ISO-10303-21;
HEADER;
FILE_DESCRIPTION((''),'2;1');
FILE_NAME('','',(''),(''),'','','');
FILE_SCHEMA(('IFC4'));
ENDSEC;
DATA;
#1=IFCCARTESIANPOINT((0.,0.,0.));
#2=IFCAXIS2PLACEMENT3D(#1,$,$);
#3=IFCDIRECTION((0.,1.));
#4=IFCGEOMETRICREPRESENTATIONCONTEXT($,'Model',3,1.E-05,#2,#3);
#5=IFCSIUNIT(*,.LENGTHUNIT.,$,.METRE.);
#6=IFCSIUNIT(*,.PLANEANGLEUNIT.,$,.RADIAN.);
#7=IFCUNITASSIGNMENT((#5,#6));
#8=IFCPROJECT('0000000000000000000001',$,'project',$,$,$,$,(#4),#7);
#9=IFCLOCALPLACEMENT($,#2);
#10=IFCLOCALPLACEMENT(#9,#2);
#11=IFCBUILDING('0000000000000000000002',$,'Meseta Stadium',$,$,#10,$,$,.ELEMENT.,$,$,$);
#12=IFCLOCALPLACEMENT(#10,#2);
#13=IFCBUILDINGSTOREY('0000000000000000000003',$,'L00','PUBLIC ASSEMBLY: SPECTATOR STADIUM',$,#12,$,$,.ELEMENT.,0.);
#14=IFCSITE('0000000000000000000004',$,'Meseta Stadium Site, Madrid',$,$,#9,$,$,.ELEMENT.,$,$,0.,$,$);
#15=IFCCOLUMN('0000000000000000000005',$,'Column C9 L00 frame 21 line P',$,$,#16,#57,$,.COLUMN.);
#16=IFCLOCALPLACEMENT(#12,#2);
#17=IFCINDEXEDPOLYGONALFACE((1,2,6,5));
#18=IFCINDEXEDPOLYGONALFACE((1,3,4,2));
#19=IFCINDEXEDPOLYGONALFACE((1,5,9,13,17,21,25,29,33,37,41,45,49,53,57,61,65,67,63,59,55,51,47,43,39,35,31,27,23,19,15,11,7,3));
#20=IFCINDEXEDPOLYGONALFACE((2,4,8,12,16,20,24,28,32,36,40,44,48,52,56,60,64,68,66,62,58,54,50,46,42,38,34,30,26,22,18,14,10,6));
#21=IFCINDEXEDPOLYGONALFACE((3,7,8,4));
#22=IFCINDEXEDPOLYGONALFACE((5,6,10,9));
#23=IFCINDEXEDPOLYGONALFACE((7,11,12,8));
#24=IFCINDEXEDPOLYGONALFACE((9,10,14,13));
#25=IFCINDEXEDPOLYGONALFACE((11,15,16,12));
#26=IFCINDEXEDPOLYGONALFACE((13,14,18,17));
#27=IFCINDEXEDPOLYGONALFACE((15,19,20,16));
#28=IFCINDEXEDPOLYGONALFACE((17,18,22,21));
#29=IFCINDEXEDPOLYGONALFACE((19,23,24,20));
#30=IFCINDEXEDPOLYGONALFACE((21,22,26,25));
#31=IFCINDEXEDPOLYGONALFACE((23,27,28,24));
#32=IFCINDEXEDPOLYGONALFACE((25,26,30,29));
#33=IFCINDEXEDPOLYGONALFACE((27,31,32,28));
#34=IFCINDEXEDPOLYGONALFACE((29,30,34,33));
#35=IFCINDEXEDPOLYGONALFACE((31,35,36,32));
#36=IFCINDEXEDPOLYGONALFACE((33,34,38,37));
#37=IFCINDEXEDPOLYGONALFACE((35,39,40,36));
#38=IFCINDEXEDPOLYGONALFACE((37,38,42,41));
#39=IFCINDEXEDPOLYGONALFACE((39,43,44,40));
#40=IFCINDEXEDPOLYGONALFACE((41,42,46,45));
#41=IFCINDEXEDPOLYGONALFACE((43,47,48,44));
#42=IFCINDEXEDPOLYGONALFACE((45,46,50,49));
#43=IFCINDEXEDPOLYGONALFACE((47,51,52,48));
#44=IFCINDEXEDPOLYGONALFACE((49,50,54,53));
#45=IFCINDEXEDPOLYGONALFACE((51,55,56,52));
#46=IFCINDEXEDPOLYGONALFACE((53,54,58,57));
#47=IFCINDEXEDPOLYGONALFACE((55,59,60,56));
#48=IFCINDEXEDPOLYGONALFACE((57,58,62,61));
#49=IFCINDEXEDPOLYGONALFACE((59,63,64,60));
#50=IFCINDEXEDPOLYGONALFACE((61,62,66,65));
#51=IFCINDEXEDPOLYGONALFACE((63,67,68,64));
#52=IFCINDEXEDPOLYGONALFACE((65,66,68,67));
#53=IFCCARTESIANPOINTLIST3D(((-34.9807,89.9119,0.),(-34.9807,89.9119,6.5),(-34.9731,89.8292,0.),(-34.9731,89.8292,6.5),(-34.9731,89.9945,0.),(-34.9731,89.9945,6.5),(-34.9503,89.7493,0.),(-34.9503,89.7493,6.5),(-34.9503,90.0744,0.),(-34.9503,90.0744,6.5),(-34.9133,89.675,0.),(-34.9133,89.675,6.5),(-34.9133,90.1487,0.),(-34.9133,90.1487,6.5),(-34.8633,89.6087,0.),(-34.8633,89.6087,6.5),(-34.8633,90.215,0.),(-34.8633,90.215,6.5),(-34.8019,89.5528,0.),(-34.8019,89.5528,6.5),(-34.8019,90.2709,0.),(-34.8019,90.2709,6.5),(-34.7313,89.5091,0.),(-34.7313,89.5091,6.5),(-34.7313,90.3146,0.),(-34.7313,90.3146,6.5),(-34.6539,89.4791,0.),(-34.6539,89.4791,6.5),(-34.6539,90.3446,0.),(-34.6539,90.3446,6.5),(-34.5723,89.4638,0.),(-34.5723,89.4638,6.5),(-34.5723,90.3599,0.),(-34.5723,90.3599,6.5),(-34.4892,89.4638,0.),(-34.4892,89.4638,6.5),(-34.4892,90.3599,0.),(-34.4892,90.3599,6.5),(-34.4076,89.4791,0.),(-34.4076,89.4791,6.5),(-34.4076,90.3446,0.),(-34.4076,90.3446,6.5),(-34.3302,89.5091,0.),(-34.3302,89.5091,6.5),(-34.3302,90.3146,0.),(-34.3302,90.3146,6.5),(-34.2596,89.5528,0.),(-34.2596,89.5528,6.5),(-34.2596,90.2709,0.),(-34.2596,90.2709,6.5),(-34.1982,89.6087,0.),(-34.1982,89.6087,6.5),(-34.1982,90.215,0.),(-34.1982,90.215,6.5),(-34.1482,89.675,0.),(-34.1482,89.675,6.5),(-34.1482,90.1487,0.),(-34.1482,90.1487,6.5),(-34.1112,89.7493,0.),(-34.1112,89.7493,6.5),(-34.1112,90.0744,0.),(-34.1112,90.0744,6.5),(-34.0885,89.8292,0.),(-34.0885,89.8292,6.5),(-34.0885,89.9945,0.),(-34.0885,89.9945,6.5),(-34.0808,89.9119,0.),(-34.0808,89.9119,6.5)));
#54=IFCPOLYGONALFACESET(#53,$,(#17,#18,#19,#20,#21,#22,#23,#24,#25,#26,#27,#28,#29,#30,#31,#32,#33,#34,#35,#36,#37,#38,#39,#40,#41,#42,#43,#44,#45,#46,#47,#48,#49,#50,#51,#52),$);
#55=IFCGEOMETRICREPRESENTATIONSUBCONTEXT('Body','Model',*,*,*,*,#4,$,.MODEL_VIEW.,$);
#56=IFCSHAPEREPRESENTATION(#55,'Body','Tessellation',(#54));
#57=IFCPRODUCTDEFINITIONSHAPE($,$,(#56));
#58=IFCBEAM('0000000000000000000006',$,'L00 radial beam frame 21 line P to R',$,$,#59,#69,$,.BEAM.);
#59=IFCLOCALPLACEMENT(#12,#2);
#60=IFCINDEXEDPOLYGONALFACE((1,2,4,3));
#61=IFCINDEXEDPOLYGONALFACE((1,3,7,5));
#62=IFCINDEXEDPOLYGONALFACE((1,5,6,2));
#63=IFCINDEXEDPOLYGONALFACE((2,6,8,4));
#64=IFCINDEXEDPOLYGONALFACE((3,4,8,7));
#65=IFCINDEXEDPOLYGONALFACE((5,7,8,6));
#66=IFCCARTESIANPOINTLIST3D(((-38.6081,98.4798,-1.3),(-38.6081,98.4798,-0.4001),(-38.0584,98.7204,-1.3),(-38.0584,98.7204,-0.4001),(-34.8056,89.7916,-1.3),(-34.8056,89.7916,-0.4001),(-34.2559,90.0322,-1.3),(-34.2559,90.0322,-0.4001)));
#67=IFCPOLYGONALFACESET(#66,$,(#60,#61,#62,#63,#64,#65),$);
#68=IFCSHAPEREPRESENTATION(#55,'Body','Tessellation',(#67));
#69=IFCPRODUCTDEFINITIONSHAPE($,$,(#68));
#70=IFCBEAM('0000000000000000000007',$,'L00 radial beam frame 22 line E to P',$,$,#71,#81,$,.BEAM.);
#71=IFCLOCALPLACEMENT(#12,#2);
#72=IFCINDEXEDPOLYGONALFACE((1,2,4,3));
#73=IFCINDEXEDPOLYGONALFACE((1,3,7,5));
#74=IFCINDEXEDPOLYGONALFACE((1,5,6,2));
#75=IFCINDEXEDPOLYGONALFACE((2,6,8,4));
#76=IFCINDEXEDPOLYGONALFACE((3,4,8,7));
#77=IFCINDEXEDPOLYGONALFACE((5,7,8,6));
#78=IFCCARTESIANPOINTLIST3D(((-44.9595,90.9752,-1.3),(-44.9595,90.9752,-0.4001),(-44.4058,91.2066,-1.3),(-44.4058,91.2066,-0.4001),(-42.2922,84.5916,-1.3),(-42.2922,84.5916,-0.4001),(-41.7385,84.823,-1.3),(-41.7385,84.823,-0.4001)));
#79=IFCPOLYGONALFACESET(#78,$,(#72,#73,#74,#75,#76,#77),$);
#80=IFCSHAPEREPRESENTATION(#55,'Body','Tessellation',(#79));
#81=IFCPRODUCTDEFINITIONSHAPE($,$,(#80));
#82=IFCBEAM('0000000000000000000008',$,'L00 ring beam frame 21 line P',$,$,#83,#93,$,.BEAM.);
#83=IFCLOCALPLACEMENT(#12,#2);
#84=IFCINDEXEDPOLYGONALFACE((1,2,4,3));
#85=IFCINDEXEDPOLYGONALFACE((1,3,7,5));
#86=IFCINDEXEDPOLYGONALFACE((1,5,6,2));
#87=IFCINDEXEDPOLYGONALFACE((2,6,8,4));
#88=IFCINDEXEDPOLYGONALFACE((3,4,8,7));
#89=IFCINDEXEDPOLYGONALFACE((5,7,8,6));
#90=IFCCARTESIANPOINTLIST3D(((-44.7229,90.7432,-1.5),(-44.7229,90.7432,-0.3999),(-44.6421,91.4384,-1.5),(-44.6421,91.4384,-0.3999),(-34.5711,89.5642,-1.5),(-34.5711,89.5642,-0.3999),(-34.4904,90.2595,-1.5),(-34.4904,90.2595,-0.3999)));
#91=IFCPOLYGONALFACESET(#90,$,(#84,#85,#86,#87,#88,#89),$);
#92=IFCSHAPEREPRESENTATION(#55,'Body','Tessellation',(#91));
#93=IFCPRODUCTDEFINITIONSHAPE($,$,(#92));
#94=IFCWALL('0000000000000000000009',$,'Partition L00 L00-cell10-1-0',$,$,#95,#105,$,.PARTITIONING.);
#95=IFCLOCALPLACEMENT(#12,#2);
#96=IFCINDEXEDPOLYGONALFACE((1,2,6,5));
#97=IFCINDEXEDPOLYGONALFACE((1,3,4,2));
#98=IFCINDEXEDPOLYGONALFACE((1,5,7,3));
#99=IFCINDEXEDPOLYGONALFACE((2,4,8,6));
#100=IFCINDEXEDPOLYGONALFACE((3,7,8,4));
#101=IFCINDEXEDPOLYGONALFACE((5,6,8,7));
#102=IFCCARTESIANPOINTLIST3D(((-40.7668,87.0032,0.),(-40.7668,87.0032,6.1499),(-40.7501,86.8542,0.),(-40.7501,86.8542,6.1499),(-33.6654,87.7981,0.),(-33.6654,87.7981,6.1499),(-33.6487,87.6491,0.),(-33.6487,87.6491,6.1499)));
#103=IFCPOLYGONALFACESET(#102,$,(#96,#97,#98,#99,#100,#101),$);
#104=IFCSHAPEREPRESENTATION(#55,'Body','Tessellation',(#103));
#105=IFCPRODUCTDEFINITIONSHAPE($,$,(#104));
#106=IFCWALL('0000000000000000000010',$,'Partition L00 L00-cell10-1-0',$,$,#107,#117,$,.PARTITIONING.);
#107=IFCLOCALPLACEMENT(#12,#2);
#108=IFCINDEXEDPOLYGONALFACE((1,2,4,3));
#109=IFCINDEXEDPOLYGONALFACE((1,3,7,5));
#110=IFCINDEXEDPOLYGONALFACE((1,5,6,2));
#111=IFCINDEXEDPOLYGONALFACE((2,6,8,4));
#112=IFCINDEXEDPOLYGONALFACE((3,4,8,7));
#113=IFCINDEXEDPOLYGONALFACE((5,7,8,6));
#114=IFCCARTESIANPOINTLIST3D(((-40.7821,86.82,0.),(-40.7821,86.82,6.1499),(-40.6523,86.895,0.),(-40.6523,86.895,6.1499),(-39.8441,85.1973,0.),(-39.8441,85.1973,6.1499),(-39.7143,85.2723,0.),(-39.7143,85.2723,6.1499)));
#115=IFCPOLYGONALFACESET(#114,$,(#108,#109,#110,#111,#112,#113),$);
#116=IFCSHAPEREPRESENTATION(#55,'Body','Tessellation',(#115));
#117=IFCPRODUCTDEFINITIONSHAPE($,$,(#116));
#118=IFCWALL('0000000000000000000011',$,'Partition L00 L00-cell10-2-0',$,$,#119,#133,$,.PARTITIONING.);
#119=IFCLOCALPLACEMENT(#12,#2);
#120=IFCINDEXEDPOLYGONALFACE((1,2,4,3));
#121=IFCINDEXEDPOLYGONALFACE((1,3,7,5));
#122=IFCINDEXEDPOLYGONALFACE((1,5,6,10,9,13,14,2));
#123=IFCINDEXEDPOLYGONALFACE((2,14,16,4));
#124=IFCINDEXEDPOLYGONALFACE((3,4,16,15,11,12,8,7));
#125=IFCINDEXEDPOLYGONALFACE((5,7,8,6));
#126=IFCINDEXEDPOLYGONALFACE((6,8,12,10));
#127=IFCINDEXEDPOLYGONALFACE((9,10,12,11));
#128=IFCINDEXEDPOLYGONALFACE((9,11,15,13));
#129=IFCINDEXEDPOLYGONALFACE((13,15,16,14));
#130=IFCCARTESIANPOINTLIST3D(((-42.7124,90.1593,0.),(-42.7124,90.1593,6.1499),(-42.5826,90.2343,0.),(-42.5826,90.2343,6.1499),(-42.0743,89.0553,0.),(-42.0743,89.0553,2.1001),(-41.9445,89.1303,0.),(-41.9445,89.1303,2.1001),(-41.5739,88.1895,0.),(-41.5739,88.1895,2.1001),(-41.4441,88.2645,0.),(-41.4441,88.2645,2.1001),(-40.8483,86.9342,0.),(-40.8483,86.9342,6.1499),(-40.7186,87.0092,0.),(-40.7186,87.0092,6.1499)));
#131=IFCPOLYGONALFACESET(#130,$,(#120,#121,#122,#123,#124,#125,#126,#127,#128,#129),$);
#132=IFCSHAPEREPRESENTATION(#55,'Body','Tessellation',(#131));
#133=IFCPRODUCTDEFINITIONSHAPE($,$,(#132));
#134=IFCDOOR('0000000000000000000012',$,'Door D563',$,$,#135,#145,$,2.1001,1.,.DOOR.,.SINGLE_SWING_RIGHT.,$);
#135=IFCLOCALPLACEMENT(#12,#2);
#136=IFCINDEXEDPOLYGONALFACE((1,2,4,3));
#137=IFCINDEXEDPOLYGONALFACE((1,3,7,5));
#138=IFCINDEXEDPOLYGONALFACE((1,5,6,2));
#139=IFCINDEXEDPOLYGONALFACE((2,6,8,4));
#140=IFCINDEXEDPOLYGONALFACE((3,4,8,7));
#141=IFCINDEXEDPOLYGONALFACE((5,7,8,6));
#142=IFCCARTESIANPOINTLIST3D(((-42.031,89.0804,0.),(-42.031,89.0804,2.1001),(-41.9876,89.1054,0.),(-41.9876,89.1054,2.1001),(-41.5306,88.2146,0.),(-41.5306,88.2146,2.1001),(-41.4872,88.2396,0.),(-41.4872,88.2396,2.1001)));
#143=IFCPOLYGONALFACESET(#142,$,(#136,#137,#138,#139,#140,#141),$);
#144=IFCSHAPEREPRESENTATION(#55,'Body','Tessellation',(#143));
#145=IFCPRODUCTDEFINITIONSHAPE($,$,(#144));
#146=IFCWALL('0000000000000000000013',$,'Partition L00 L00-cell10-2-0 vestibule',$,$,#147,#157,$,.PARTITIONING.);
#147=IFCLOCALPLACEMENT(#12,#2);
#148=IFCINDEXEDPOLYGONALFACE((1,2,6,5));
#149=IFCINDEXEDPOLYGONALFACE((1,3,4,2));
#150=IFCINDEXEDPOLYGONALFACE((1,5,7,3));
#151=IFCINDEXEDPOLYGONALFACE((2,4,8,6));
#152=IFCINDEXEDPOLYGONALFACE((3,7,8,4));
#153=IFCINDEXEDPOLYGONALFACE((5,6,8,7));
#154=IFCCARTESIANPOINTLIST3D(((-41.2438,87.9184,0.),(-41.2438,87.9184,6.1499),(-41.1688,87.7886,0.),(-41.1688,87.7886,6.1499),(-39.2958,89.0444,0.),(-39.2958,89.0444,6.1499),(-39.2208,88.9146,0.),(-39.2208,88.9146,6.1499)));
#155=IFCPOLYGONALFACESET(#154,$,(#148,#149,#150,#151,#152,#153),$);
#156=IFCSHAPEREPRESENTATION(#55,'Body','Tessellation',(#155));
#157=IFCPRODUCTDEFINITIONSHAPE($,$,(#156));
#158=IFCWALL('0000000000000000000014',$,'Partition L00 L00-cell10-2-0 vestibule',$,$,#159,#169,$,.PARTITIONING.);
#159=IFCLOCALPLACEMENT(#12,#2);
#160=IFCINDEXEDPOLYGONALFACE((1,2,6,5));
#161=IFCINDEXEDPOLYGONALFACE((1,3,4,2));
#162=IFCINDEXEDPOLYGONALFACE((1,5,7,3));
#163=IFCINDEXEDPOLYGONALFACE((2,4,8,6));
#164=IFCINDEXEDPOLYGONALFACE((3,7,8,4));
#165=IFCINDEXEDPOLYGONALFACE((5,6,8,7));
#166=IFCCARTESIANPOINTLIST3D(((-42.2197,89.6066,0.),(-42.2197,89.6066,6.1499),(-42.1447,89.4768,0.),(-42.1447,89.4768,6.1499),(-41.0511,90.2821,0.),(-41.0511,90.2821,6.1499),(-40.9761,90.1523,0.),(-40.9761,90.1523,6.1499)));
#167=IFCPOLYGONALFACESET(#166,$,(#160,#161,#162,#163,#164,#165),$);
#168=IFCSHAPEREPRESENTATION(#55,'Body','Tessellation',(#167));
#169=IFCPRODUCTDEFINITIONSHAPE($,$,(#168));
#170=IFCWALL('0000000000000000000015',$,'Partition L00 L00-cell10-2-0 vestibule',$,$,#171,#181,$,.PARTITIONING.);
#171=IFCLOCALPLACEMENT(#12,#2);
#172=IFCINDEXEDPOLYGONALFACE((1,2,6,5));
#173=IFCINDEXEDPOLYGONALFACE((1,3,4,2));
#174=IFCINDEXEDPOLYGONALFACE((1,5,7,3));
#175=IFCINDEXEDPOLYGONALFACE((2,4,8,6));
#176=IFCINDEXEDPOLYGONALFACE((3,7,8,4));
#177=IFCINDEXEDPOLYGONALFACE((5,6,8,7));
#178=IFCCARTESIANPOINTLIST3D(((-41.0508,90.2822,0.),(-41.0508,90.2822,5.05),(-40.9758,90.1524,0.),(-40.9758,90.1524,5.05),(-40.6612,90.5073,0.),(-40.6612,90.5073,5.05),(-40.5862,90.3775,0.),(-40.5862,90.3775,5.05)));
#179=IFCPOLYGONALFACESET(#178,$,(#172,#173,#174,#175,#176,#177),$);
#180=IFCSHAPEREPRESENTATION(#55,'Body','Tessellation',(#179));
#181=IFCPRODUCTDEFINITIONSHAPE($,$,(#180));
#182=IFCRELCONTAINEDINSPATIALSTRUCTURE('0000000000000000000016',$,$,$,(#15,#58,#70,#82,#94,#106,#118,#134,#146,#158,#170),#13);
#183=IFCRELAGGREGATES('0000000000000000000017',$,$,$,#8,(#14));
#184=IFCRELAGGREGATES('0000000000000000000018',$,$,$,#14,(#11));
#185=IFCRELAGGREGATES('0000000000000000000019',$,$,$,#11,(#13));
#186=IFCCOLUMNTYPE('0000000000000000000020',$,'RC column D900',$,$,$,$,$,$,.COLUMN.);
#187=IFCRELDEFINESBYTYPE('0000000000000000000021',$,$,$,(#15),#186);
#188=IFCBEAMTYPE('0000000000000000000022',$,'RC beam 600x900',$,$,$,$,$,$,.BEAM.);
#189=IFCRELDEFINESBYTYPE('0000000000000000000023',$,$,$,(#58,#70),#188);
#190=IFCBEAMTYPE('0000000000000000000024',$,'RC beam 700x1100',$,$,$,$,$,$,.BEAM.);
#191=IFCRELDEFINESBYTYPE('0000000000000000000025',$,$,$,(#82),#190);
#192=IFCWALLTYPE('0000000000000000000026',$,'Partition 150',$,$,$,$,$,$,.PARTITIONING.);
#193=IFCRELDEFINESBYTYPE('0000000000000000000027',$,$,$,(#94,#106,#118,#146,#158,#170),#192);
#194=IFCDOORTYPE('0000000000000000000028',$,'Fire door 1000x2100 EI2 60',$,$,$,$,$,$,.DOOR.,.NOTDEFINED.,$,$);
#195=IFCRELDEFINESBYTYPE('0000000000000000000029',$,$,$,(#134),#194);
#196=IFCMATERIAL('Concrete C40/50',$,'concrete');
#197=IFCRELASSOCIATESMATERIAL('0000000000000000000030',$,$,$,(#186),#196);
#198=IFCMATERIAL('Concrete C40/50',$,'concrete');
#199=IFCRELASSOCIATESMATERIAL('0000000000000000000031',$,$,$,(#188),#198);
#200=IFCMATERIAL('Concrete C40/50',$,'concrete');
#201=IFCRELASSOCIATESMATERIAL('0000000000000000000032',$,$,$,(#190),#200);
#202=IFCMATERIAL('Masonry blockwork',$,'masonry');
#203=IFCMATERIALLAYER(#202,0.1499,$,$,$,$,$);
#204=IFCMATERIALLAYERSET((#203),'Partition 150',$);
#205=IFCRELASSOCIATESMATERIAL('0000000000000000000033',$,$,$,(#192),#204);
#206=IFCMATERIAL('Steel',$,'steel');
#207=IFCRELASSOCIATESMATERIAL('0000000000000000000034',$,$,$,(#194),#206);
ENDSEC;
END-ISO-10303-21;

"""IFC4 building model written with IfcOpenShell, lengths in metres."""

from ifc_helpers import new_model, si_unit, direction, frame, frame_2d, origin, origin_2d, place, context, subcontext, project, spatial, rectangle, circle, extrude, material, layer, layer_set, material_profile, profile_set, type_object, element, fill, save


model = new_model("IFC4")

# Units and contexts
model_context = context("Model", 3, precision=1e-05, world=origin(), true_north=direction((0.0, 1.0)))
body_context = subcontext(model_context, "Body", "Model", "MODEL_VIEW")
ifc_project = project(units=[si_unit("LENGTHUNIT", "METRE"), si_unit("PLANEANGLEUNIT", "RADIAN")], contexts=[model_context])

# Site, building, storey
site_placement = place(None, origin())
site = spatial("IfcSite", under=ifc_project, at=site_placement, Name="Meseta Stadium Site, Madrid", CompositionType="ELEMENT", RefElevation=0.0)
building_placement = place(site_placement, origin())
building = spatial("IfcBuilding", under=site, at=building_placement, Name="Meseta Stadium", CompositionType="ELEMENT")
storey_placement = place(building_placement, origin())
storey = spatial("IfcBuildingStorey", under=building, at=storey_placement, Name="L00", Description="PUBLIC ASSEMBLY: SPECTATOR STADIUM", CompositionType="ELEMENT", Elevation=0.0)

# Column
ifc_material_1 = material(Name="Concrete C40/50", Category="concrete")
ifc_material_profile_1 = material_profile(ifc_material_1, circle(Radius=0.45, at=origin_2d()), Name="RC D900")
ifc_profile_set_1 = profile_set([ifc_material_profile_1], Name="Concrete C40/50")
column_type = type_object("IfcColumnType", Name="RC column D900", PredefinedType="COLUMN", material=ifc_profile_set_1)
column_placement = place(storey_placement, frame((-34.5308, 89.9119, 0.0), z_axis=(0.0, 0.0, 1.0), x_axis=(1.0, 0.0, 0.0)))
element("IfcColumn", 1, at=column_placement, inside=storey, type_object=column_type, Name="Column C9 L00 frame 21 line P", PredefinedType="COLUMN", context=body_context, shape_type="SweptSolid", body=[
    extrude(circle(Radius=0.45, at=origin_2d()), origin(), (0.0, 0.0, 1.0), 6.5),
])

# Beams
ifc_material_2 = material(Name="Concrete C40/50", Category="concrete")
ifc_material_profile_2 = material_profile(ifc_material_2, rectangle(XDim=0.6001, YDim=0.8999, at=origin_2d()), Name="RC 600x900")
ifc_profile_set_2 = profile_set([ifc_material_profile_2], Name="Concrete C40/50")
beam_type_1 = type_object("IfcBeamType", Name="RC beam 600x900", PredefinedType="BEAM", material=ifc_profile_set_2)
beam_1_placement = place(storey_placement, frame((-34.5308, 89.9119, -0.8501), z_axis=(-0.400942, 0.916104, 0.0), x_axis=(-0.916104, -0.400942, 0.0)))
element("IfcBeam", 2, at=beam_1_placement, inside=storey, type_object=beam_type_1, Name="L00 radial beam frame 21 line P to R", PredefinedType="BEAM", context=body_context, shape_type="SweptSolid", body=[
    extrude(rectangle(XDim=0.6001, YDim=0.8999, at=origin_2d()), origin(), (0.0, 0.0, 1.0), 9.4839),
])
beam_2_placement = place(storey_placement, frame((-42.0154, 84.7073, -0.8501), z_axis=(-0.38553, 0.922695, 0.0), x_axis=(-0.922695, -0.38553, 0.0)))
element("IfcBeam", 3, at=beam_2_placement, inside=storey, type_object=beam_type_1, Name="L00 radial beam frame 22 line E to P", PredefinedType="BEAM", context=body_context, shape_type="SweptSolid", body=[
    extrude(rectangle(XDim=0.6001, YDim=0.8999, at=origin_2d()), origin(), (0.0, 0.0, 1.0), 6.9185),
])
ifc_material_3 = material(Name="Concrete C40/50", Category="concrete")
ifc_material_profile_3 = material_profile(ifc_material_3, rectangle(XDim=0.7, YDim=1.1001, at=origin_2d()), Name="RC 700x1100")
ifc_profile_set_3 = profile_set([ifc_material_profile_3], Name="Concrete C40/50")
beam_type_2 = type_object("IfcBeamType", Name="RC beam 700x1100", PredefinedType="BEAM", material=ifc_profile_set_3)
beam_3_placement = place(storey_placement, frame((-34.5308, 89.9119, -0.95), z_axis=(-0.993324, 0.115357, 0.0), x_axis=(-0.115357, -0.993324, 0.0)))
element("IfcBeam", 4, at=beam_3_placement, inside=storey, type_object=beam_type_2, Name="L00 ring beam frame 21 line P", PredefinedType="BEAM", context=body_context, shape_type="SweptSolid", body=[
    extrude(rectangle(XDim=0.7, YDim=1.1001, at=origin_2d()), origin(), (0.0, 0.0, 1.0), 10.22),
])

# Walls
ifc_material_4 = material(Name="Masonry blockwork", Category="masonry")
ifc_layer = layer(ifc_material_4, 0.1499)
ifc_layer_set = layer_set([ifc_layer], Name="Partition 150")
wall_type = type_object("IfcWallType", Name="Partition 150", PredefinedType="PARTITIONING", material=ifc_layer_set)
wall_1_placement = place(storey_placement, frame((-40.7583, 86.9287, 0.0), z_axis=(0.0, 0.0, 1.0), x_axis=(0.993793, 0.111245, 0.0)))
element("IfcWall", 5, at=wall_1_placement, inside=storey, type_object=wall_type, Name="Partition L00 L00-cell10-1-0", PredefinedType="PARTITIONING", context=body_context, shape_type="SweptSolid", body=[
    extrude(rectangle(XDim=7.1458, YDim=0.1499, at=frame_2d((3.5728, 0.0))), origin(), (0.0, 0.0, 1.0), 6.1499),
])
wall_2_placement = place(storey_placement, frame((-39.7793, 85.2349, 0.0), z_axis=(0.0, 0.0, 1.0), x_axis=(-0.500425, 0.86578, 0.0)))
element("IfcWall", 6, at=wall_2_placement, inside=storey, type_object=wall_type, Name="Partition L00 L00-cell10-1-0", PredefinedType="PARTITIONING", context=body_context, shape_type="SweptSolid", body=[
    extrude(rectangle(XDim=1.8743, YDim=0.1499, at=frame_2d((0.937, 0.0))), origin(), (0.0, 0.0, 1.0), 6.1499),
])

# Wall, opening, door
wall_3_placement = place(storey_placement, frame((-40.7834, 86.9717, 0.0), z_axis=(0.0, 0.0, 1.0), x_axis=(-0.500403, 0.865793, 0.0)))
wall_3 = element("IfcWall", 7, at=wall_3_placement, inside=storey, type_object=wall_type, Name="Partition L00 L00-cell10-2-0", PredefinedType="PARTITIONING", context=body_context, shape_type="SweptSolid", body=[
    extrude(rectangle(XDim=3.7251, YDim=0.1499, at=frame_2d((1.8625, 0.0))), origin(), (0.0, 0.0, 1.0), 6.1499),
])
opening_1_placement = place(wall_3_placement, frame((1.45, 0.0, 0.0)))
opening_1 = element("IfcOpeningElement", 8, at=opening_1_placement, cuts=wall_3, PredefinedType="OPENING", context=body_context, shape_type="SweptSolid", body=[
    extrude(rectangle(XDim=1.0, YDim=2.1001, at=frame_2d((0.5, 1.05))), frame((0.0, 0.085, 0.0), z_axis=(0.0, -1.0, 0.0), x_axis=(1.0, 0.0, 0.0)), (0.0, 0.0, 1.0), 0.1699),
])
ifc_material_5 = material(Name="Steel", Category="steel")
door_type_1 = type_object("IfcDoorType", Name="Fire door 1000x2100 EI2 60", OperationType="NOTDEFINED", PredefinedType="DOOR", material=ifc_material_5)
door_1_placement = place(opening_1_placement, origin())
door_1 = element("IfcDoor", 9, at=door_1_placement, inside=storey, type_object=door_type_1, Name="Door D563", OperationType="SINGLE_SWING_RIGHT", OverallHeight=2.1001, OverallWidth=1.0, PredefinedType="DOOR", context=body_context, shape_type="SweptSolid", body=[
    extrude(rectangle(XDim=1.0, YDim=2.1001, at=frame_2d((0.5, 1.05))), frame((0.0, 0.0249, 0.0), z_axis=(0.0, -1.0, 0.0), x_axis=(1.0, 0.0, 0.0)), (0.0, 0.0, 1.0), 0.05),
])
fill(opening_1, door_1)

# Walls
wall_4_placement = place(storey_placement, frame((-41.2063, 87.8535, 0.0), z_axis=(0.0, 0.0, 1.0), x_axis=(0.865775, 0.500433, 0.0)))
element("IfcWall", 10, at=wall_4_placement, inside=storey, type_object=wall_type, Name="Partition L00 L00-cell10-2-0 vestibule", PredefinedType="PARTITIONING", context=body_context, shape_type="SweptSolid", body=[
    extrude(rectangle(XDim=2.25, YDim=0.1499, at=frame_2d((1.125, 0.0))), origin(), (0.0, 0.0, 1.0), 6.1499),
])
wall_5_placement = place(storey_placement, frame((-42.1821, 89.5417, 0.0), z_axis=(0.0, 0.0, 1.0), x_axis=(0.865773, 0.500437, 0.0)))
element("IfcWall", 11, at=wall_5_placement, inside=storey, type_object=wall_type, Name="Partition L00 L00-cell10-2-0 vestibule", PredefinedType="PARTITIONING", context=body_context, shape_type="SweptSolid", body=[
    extrude(rectangle(XDim=1.3499, YDim=0.1499, at=frame_2d((0.6748, 0.0))), origin(), (0.0, 0.0, 1.0), 6.1499),
])
wall_6_placement = place(storey_placement, frame((-41.0134, 90.2173, 0.0), z_axis=(0.0, 0.0, 1.0), x_axis=(0.865896, 0.500223, 0.0)))
element("IfcWall", 12, at=wall_6_placement, inside=storey, type_object=wall_type, Name="Partition L00 L00-cell10-2-0 vestibule", PredefinedType="PARTITIONING", context=body_context, shape_type="SweptSolid", body=[
    extrude(rectangle(XDim=0.45, YDim=0.1499, at=frame_2d((0.2251, 0.0))), origin(), (0.0, 0.0, 1.0), 5.05),
])

save(model, "model.ifc")
